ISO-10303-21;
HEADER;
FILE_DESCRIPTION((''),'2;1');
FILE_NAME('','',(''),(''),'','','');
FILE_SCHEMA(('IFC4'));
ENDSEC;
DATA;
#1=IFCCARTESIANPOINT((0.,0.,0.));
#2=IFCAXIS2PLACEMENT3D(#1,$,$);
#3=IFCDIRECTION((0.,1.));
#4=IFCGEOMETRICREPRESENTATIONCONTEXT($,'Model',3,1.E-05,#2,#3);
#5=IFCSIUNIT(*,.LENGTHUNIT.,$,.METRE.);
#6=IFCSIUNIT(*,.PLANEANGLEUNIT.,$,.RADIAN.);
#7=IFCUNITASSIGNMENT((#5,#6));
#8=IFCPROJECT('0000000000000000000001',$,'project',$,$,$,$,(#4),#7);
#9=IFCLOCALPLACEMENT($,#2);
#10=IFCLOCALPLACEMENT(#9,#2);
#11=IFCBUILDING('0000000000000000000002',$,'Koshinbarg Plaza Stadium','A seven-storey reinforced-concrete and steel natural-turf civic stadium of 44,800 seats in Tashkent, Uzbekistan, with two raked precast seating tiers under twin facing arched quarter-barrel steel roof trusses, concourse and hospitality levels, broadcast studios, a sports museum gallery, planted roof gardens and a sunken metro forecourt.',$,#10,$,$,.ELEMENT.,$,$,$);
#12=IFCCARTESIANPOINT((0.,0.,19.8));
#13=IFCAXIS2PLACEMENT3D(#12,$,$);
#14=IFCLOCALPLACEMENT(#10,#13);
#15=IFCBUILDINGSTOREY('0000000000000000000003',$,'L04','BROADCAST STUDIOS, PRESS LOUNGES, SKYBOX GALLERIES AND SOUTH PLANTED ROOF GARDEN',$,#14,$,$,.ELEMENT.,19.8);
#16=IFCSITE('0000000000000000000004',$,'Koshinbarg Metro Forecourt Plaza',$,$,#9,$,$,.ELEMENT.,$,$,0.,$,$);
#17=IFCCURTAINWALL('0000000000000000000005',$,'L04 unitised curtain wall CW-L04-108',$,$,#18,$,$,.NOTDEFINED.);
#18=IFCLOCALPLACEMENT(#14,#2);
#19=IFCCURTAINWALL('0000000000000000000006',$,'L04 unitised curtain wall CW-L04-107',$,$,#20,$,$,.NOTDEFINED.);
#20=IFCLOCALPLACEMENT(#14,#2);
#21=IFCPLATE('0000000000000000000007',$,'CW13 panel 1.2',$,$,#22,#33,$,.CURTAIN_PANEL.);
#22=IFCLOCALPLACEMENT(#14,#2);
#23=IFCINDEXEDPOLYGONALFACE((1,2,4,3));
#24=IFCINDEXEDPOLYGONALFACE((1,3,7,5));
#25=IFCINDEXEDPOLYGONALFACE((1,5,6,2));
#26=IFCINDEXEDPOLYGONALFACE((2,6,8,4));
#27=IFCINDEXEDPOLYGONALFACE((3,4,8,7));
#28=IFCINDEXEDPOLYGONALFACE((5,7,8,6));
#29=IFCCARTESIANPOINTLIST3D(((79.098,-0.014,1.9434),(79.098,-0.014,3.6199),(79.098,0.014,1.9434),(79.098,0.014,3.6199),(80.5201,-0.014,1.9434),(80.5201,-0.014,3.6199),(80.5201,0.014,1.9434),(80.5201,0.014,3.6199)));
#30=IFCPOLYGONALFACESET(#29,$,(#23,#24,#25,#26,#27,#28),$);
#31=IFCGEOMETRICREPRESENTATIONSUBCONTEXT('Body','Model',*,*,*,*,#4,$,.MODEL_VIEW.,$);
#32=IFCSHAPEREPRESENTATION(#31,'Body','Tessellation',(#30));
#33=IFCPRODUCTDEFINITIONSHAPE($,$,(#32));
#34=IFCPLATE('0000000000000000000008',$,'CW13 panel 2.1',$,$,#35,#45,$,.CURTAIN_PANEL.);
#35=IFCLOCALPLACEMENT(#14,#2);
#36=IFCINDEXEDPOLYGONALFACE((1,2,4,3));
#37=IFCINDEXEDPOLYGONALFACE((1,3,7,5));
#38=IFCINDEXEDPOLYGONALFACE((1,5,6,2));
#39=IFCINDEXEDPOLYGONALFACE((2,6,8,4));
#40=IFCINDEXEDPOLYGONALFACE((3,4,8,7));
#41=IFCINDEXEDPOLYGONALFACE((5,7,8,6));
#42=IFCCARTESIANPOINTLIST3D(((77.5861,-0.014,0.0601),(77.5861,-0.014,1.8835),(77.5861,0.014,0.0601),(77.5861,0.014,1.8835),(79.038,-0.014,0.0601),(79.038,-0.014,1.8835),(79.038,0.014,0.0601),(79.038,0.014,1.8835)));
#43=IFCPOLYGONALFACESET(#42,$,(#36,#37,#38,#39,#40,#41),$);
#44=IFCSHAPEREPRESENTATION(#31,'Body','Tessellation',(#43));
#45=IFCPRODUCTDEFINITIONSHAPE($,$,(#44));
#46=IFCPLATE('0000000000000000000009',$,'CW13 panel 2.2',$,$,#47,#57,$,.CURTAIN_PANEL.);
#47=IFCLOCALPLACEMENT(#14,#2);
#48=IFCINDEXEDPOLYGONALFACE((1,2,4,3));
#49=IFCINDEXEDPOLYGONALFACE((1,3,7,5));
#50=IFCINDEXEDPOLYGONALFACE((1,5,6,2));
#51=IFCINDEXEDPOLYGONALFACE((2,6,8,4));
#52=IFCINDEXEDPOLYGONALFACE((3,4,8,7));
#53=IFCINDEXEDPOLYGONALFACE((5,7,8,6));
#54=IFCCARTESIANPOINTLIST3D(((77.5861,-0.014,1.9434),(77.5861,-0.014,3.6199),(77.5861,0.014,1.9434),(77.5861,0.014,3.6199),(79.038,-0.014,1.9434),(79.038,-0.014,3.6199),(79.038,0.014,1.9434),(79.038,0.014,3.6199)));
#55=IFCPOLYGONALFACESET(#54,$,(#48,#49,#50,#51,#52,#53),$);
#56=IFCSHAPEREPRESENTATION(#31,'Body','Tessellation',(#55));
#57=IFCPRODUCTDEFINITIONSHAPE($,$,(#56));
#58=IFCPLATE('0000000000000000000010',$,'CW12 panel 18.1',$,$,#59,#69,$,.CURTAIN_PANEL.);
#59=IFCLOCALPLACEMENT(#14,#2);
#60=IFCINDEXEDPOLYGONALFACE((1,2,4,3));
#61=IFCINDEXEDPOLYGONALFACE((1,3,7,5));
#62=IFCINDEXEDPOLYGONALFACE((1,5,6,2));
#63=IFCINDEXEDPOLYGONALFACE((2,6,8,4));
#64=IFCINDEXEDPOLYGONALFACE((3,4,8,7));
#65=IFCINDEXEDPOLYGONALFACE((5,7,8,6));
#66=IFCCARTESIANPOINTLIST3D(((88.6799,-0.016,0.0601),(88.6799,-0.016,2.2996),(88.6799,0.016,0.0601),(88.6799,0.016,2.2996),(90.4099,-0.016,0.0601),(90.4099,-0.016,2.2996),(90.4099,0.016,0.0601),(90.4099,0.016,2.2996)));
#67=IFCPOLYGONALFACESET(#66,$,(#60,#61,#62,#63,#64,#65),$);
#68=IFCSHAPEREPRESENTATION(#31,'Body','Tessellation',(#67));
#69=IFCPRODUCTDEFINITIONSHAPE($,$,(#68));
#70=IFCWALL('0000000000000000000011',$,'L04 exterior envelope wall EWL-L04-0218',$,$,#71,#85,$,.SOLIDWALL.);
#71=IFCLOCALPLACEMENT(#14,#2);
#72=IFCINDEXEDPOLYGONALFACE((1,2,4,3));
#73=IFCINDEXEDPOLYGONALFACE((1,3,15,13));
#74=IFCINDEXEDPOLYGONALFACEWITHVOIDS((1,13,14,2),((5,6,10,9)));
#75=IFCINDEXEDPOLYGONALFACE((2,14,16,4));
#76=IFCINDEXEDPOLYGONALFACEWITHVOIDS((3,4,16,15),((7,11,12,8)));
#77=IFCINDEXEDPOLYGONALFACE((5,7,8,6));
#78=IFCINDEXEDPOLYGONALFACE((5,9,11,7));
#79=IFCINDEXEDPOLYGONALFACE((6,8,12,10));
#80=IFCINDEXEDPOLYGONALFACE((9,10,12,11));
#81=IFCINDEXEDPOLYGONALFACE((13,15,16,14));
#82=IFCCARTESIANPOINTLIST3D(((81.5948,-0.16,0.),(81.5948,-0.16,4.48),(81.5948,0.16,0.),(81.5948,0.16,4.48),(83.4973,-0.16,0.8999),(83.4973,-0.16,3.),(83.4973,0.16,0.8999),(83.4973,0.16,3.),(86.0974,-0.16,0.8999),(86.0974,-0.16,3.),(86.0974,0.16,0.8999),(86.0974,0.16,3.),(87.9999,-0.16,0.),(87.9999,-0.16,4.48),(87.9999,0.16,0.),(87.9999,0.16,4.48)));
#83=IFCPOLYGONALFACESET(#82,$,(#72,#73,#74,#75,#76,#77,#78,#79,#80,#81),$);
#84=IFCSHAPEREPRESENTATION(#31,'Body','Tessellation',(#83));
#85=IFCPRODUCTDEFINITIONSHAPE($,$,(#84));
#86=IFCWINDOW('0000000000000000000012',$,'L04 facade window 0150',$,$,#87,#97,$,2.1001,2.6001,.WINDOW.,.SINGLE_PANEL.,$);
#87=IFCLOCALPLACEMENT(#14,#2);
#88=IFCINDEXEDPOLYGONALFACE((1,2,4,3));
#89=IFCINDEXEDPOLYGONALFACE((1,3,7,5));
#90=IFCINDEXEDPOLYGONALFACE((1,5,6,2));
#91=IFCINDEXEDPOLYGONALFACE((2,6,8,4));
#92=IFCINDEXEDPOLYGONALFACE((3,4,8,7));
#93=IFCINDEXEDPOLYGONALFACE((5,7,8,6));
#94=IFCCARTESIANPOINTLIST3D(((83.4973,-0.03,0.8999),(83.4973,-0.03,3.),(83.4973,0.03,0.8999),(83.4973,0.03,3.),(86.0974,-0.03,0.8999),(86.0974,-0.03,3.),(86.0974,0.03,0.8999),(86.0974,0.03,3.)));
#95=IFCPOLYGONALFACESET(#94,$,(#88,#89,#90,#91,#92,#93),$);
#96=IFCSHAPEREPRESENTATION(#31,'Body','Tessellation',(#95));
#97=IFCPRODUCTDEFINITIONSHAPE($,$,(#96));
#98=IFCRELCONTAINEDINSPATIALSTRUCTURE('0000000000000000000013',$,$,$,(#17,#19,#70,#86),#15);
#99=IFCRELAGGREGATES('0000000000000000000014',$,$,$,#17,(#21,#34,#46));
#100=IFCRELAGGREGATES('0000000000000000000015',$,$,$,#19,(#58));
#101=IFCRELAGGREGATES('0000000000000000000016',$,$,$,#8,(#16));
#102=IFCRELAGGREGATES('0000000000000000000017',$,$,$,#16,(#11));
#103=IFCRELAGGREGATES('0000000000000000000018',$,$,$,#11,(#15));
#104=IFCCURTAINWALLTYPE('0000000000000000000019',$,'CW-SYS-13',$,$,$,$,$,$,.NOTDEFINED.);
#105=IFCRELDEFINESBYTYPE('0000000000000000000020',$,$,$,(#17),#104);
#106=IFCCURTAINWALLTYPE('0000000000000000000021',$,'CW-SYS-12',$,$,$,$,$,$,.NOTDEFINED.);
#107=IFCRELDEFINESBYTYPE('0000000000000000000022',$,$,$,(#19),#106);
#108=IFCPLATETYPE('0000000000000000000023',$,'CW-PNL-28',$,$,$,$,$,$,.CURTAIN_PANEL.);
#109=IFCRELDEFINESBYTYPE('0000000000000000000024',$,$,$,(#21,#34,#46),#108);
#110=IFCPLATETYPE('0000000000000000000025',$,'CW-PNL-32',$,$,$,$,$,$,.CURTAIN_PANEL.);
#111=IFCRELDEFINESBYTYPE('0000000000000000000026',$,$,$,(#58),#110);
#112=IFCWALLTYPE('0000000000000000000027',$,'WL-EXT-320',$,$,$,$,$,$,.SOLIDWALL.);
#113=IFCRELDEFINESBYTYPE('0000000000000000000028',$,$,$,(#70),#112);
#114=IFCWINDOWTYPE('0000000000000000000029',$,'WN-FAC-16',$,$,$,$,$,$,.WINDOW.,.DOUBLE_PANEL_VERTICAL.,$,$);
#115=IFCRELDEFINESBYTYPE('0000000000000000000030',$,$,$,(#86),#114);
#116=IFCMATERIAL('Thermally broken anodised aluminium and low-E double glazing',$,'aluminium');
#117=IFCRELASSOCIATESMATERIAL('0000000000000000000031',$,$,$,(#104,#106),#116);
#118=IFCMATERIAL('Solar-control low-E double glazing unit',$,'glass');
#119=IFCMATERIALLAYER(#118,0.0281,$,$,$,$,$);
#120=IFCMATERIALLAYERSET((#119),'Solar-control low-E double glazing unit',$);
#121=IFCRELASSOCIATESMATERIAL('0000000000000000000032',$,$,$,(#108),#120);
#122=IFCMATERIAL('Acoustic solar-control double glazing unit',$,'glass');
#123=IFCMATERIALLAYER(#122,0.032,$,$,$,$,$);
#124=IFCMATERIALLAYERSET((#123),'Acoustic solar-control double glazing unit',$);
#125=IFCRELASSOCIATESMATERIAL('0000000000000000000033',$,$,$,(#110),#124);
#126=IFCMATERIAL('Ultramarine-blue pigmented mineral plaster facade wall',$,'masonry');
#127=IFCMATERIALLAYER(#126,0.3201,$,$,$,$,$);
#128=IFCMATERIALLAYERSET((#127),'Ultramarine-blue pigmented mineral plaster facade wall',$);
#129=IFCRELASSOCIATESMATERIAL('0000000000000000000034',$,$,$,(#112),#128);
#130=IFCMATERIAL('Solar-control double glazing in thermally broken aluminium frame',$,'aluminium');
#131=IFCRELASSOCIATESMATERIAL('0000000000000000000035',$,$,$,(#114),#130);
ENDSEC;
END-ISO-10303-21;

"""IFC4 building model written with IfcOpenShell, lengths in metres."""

from ifc_helpers import new_model, si_unit, direction, frame, frame_2d, origin, origin_2d, place, context, subcontext, project, spatial, rectangle, extrude, material, layer, layer_set, type_object, element, fill, aggregate, save


model = new_model("IFC4")

# Units and contexts
model_context = context("Model", 3, precision=1e-05, world=origin(), true_north=direction((0.0, 1.0)))
body_context = subcontext(model_context, "Body", "Model", "MODEL_VIEW")
ifc_project = project(units=[si_unit("LENGTHUNIT", "METRE"), si_unit("PLANEANGLEUNIT", "RADIAN")], contexts=[model_context])

# Site, building, storey
site_placement = place(None, origin())
site = spatial("IfcSite", under=ifc_project, at=site_placement, Name="Koshinbarg Metro Forecourt Plaza", CompositionType="ELEMENT", RefElevation=0.0)
building_placement = place(site_placement, origin())
building = spatial("IfcBuilding", under=site, at=building_placement, Name="Koshinbarg Plaza Stadium", Description="A seven-storey reinforced-concrete and steel natural-turf civic stadium of 44,800 seats in Tashkent, Uzbekistan, with two raked precast seating tiers under twin facing arched quarter-barrel steel roof trusses, concourse and hospitality levels, broadcast studios, a sports museum gallery, planted roof gardens and a sunken metro forecourt.", CompositionType="ELEMENT")
storey_placement = place(building_placement, frame((0.0, 0.0, 19.8)))
storey = spatial("IfcBuildingStorey", under=building, at=storey_placement, Name="L04", Description="BROADCAST STUDIOS, PRESS LOUNGES, SKYBOX GALLERIES AND SOUTH PLANTED ROOF GARDEN", CompositionType="ELEMENT", Elevation=19.8)

# Curtain wall
ifc_material_1 = material(Name="Thermally broken anodised aluminium and low-E double glazing", Category="aluminium")
curtain_wall_type_1 = type_object("IfcCurtainWallType", Name="CW-SYS-13", PredefinedType="NOTDEFINED", material=ifc_material_1)
curtain_wall_1_placement = place(storey_placement, origin())
curtain_wall_1 = element("IfcCurtainWall", 1, at=curtain_wall_1_placement, inside=storey, type_object=curtain_wall_type_1, Name="L04 unitised curtain wall CW-L04-108", PredefinedType="NOTDEFINED")

# Curtain wall
curtain_wall_type_2 = type_object("IfcCurtainWallType", Name="CW-SYS-12", PredefinedType="NOTDEFINED", material=ifc_material_1)
curtain_wall_2_placement = place(storey_placement, origin())
curtain_wall_2 = element("IfcCurtainWall", 2, at=curtain_wall_2_placement, inside=storey, type_object=curtain_wall_type_2, Name="L04 unitised curtain wall CW-L04-107", PredefinedType="NOTDEFINED")

# Plates
ifc_material_2 = material(Name="Solar-control low-E double glazing unit", Category="glass")
ifc_layer_1 = layer(ifc_material_2, 0.0281)
ifc_layer_set_1 = layer_set([ifc_layer_1], Name="Solar-control low-E double glazing unit")
plate_type_1 = type_object("IfcPlateType", Name="CW-PNL-28", PredefinedType="CURTAIN_PANEL", material=ifc_layer_set_1)
plate_1_placement = place(storey_placement, frame((79.8091, 0.0, 1.9434), z_axis=(0.0, 0.0, 1.0), x_axis=(-1.0, 0.0, 0.0)))
plate_1 = element("IfcPlate", 3, at=plate_1_placement, type_object=plate_type_1, Name="CW13 panel 1.2", PredefinedType="CURTAIN_PANEL", context=body_context, shape_type="SweptSolid", body=[
    extrude(rectangle(XDim=1.4221, YDim=0.0281, at=origin_2d()), origin(), (0.0, 0.0, 1.0), 1.6765),
])
plate_2_placement = place(storey_placement, frame((78.312, 0.0, 0.0601), z_axis=(0.0, 0.0, 1.0), x_axis=(-1.0, 0.0, 0.0)))
plate_2 = element("IfcPlate", 4, at=plate_2_placement, type_object=plate_type_1, Name="CW13 panel 2.1", PredefinedType="CURTAIN_PANEL", context=body_context, shape_type="SweptSolid", body=[
    extrude(rectangle(XDim=1.4519, YDim=0.0281, at=origin_2d()), origin(), (0.0, 0.0, 1.0), 1.8235),
])
plate_3_placement = place(storey_placement, frame((78.312, 0.0, 1.9434), z_axis=(0.0, 0.0, 1.0), x_axis=(-1.0, 0.0, 0.0)))
plate_3 = element("IfcPlate", 5, at=plate_3_placement, type_object=plate_type_1, Name="CW13 panel 2.2", PredefinedType="CURTAIN_PANEL", context=body_context, shape_type="SweptSolid", body=[
    extrude(rectangle(XDim=1.4519, YDim=0.0281, at=origin_2d()), origin(), (0.0, 0.0, 1.0), 1.6765),
])
aggregate(curtain_wall_1, [plate_1, plate_2, plate_3])
ifc_material_3 = material(Name="Acoustic solar-control double glazing unit", Category="glass")
ifc_layer_2 = layer(ifc_material_3, 0.032)
ifc_layer_set_2 = layer_set([ifc_layer_2], Name="Acoustic solar-control double glazing unit")
plate_type_2 = type_object("IfcPlateType", Name="CW-PNL-32", PredefinedType="CURTAIN_PANEL", material=ifc_layer_set_2)
plate_4_placement = place(storey_placement, frame((89.5449, 0.0, 0.0601), z_axis=(0.0, 0.0, 1.0), x_axis=(-1.0, 0.0, 0.0)))
plate_4 = element("IfcPlate", 6, at=plate_4_placement, type_object=plate_type_2, Name="CW12 panel 18.1", PredefinedType="CURTAIN_PANEL", context=body_context, shape_type="SweptSolid", body=[
    extrude(rectangle(XDim=1.73, YDim=0.032, at=origin_2d()), origin(), (0.0, 0.0, 1.0), 2.2395),
])
aggregate(curtain_wall_2, [plate_4])

# Wall, opening, window
ifc_material_4 = material(Name="Ultramarine-blue pigmented mineral plaster facade wall", Category="masonry")
ifc_layer_3 = layer(ifc_material_4, 0.3201)
ifc_layer_set_3 = layer_set([ifc_layer_3], Name="Ultramarine-blue pigmented mineral plaster facade wall")
wall_type = type_object("IfcWallType", Name="WL-EXT-320", PredefinedType="SOLIDWALL", material=ifc_layer_set_3)
wall_placement = place(storey_placement, frame((88.0, 0.0, 0.0), z_axis=(0.0, 0.0, 1.0), x_axis=(-1.0, 0.0, 0.0)))
wall = element("IfcWall", 7, at=wall_placement, inside=storey, type_object=wall_type, Name="L04 exterior envelope wall EWL-L04-0218", PredefinedType="SOLIDWALL", context=body_context, shape_type="SweptSolid", body=[
    extrude(rectangle(XDim=6.405, YDim=0.3201, at=frame_2d((3.2026, 0.0))), origin(), (0.0, 0.0, 1.0), 4.48),
])
opening_placement = place(wall_placement, frame((1.9026, 0.0, 0.8999)))
opening = element("IfcOpeningElement", 8, at=opening_placement, cuts=wall, PredefinedType="OPENING", context=body_context, shape_type="SweptSolid", body=[
    extrude(rectangle(XDim=2.6001, YDim=2.1001, at=frame_2d((1.3, 1.05))), frame((0.0, 0.1699, 0.0), z_axis=(0.0, -1.0, 0.0), x_axis=(1.0, 0.0, 0.0)), (0.0, 0.0, 1.0), 0.3401),
])
ifc_material_5 = material(Name="Solar-control double glazing in thermally broken aluminium frame", Category="aluminium")
window_type = type_object("IfcWindowType", Name="WN-FAC-16", PartitioningType="DOUBLE_PANEL_VERTICAL", PredefinedType="WINDOW", material=ifc_material_5)
window_placement = place(opening_placement, origin())
window = element("IfcWindow", 9, at=window_placement, inside=storey, type_object=window_type, Name="L04 facade window 0150", OverallHeight=2.1001, OverallWidth=2.6001, PartitioningType="SINGLE_PANEL", PredefinedType="WINDOW", context=body_context, shape_type="SweptSolid", body=[
    extrude(rectangle(XDim=2.6001, YDim=2.1001, at=frame_2d((1.3, 1.05))), frame((0.0, 0.03, 0.0), z_axis=(0.0, -1.0, 0.0), x_axis=(1.0, 0.0, 0.0)), (0.0, 0.0, 1.0), 0.0601),
])
fill(opening, window)

save(model, "model.ifc")
